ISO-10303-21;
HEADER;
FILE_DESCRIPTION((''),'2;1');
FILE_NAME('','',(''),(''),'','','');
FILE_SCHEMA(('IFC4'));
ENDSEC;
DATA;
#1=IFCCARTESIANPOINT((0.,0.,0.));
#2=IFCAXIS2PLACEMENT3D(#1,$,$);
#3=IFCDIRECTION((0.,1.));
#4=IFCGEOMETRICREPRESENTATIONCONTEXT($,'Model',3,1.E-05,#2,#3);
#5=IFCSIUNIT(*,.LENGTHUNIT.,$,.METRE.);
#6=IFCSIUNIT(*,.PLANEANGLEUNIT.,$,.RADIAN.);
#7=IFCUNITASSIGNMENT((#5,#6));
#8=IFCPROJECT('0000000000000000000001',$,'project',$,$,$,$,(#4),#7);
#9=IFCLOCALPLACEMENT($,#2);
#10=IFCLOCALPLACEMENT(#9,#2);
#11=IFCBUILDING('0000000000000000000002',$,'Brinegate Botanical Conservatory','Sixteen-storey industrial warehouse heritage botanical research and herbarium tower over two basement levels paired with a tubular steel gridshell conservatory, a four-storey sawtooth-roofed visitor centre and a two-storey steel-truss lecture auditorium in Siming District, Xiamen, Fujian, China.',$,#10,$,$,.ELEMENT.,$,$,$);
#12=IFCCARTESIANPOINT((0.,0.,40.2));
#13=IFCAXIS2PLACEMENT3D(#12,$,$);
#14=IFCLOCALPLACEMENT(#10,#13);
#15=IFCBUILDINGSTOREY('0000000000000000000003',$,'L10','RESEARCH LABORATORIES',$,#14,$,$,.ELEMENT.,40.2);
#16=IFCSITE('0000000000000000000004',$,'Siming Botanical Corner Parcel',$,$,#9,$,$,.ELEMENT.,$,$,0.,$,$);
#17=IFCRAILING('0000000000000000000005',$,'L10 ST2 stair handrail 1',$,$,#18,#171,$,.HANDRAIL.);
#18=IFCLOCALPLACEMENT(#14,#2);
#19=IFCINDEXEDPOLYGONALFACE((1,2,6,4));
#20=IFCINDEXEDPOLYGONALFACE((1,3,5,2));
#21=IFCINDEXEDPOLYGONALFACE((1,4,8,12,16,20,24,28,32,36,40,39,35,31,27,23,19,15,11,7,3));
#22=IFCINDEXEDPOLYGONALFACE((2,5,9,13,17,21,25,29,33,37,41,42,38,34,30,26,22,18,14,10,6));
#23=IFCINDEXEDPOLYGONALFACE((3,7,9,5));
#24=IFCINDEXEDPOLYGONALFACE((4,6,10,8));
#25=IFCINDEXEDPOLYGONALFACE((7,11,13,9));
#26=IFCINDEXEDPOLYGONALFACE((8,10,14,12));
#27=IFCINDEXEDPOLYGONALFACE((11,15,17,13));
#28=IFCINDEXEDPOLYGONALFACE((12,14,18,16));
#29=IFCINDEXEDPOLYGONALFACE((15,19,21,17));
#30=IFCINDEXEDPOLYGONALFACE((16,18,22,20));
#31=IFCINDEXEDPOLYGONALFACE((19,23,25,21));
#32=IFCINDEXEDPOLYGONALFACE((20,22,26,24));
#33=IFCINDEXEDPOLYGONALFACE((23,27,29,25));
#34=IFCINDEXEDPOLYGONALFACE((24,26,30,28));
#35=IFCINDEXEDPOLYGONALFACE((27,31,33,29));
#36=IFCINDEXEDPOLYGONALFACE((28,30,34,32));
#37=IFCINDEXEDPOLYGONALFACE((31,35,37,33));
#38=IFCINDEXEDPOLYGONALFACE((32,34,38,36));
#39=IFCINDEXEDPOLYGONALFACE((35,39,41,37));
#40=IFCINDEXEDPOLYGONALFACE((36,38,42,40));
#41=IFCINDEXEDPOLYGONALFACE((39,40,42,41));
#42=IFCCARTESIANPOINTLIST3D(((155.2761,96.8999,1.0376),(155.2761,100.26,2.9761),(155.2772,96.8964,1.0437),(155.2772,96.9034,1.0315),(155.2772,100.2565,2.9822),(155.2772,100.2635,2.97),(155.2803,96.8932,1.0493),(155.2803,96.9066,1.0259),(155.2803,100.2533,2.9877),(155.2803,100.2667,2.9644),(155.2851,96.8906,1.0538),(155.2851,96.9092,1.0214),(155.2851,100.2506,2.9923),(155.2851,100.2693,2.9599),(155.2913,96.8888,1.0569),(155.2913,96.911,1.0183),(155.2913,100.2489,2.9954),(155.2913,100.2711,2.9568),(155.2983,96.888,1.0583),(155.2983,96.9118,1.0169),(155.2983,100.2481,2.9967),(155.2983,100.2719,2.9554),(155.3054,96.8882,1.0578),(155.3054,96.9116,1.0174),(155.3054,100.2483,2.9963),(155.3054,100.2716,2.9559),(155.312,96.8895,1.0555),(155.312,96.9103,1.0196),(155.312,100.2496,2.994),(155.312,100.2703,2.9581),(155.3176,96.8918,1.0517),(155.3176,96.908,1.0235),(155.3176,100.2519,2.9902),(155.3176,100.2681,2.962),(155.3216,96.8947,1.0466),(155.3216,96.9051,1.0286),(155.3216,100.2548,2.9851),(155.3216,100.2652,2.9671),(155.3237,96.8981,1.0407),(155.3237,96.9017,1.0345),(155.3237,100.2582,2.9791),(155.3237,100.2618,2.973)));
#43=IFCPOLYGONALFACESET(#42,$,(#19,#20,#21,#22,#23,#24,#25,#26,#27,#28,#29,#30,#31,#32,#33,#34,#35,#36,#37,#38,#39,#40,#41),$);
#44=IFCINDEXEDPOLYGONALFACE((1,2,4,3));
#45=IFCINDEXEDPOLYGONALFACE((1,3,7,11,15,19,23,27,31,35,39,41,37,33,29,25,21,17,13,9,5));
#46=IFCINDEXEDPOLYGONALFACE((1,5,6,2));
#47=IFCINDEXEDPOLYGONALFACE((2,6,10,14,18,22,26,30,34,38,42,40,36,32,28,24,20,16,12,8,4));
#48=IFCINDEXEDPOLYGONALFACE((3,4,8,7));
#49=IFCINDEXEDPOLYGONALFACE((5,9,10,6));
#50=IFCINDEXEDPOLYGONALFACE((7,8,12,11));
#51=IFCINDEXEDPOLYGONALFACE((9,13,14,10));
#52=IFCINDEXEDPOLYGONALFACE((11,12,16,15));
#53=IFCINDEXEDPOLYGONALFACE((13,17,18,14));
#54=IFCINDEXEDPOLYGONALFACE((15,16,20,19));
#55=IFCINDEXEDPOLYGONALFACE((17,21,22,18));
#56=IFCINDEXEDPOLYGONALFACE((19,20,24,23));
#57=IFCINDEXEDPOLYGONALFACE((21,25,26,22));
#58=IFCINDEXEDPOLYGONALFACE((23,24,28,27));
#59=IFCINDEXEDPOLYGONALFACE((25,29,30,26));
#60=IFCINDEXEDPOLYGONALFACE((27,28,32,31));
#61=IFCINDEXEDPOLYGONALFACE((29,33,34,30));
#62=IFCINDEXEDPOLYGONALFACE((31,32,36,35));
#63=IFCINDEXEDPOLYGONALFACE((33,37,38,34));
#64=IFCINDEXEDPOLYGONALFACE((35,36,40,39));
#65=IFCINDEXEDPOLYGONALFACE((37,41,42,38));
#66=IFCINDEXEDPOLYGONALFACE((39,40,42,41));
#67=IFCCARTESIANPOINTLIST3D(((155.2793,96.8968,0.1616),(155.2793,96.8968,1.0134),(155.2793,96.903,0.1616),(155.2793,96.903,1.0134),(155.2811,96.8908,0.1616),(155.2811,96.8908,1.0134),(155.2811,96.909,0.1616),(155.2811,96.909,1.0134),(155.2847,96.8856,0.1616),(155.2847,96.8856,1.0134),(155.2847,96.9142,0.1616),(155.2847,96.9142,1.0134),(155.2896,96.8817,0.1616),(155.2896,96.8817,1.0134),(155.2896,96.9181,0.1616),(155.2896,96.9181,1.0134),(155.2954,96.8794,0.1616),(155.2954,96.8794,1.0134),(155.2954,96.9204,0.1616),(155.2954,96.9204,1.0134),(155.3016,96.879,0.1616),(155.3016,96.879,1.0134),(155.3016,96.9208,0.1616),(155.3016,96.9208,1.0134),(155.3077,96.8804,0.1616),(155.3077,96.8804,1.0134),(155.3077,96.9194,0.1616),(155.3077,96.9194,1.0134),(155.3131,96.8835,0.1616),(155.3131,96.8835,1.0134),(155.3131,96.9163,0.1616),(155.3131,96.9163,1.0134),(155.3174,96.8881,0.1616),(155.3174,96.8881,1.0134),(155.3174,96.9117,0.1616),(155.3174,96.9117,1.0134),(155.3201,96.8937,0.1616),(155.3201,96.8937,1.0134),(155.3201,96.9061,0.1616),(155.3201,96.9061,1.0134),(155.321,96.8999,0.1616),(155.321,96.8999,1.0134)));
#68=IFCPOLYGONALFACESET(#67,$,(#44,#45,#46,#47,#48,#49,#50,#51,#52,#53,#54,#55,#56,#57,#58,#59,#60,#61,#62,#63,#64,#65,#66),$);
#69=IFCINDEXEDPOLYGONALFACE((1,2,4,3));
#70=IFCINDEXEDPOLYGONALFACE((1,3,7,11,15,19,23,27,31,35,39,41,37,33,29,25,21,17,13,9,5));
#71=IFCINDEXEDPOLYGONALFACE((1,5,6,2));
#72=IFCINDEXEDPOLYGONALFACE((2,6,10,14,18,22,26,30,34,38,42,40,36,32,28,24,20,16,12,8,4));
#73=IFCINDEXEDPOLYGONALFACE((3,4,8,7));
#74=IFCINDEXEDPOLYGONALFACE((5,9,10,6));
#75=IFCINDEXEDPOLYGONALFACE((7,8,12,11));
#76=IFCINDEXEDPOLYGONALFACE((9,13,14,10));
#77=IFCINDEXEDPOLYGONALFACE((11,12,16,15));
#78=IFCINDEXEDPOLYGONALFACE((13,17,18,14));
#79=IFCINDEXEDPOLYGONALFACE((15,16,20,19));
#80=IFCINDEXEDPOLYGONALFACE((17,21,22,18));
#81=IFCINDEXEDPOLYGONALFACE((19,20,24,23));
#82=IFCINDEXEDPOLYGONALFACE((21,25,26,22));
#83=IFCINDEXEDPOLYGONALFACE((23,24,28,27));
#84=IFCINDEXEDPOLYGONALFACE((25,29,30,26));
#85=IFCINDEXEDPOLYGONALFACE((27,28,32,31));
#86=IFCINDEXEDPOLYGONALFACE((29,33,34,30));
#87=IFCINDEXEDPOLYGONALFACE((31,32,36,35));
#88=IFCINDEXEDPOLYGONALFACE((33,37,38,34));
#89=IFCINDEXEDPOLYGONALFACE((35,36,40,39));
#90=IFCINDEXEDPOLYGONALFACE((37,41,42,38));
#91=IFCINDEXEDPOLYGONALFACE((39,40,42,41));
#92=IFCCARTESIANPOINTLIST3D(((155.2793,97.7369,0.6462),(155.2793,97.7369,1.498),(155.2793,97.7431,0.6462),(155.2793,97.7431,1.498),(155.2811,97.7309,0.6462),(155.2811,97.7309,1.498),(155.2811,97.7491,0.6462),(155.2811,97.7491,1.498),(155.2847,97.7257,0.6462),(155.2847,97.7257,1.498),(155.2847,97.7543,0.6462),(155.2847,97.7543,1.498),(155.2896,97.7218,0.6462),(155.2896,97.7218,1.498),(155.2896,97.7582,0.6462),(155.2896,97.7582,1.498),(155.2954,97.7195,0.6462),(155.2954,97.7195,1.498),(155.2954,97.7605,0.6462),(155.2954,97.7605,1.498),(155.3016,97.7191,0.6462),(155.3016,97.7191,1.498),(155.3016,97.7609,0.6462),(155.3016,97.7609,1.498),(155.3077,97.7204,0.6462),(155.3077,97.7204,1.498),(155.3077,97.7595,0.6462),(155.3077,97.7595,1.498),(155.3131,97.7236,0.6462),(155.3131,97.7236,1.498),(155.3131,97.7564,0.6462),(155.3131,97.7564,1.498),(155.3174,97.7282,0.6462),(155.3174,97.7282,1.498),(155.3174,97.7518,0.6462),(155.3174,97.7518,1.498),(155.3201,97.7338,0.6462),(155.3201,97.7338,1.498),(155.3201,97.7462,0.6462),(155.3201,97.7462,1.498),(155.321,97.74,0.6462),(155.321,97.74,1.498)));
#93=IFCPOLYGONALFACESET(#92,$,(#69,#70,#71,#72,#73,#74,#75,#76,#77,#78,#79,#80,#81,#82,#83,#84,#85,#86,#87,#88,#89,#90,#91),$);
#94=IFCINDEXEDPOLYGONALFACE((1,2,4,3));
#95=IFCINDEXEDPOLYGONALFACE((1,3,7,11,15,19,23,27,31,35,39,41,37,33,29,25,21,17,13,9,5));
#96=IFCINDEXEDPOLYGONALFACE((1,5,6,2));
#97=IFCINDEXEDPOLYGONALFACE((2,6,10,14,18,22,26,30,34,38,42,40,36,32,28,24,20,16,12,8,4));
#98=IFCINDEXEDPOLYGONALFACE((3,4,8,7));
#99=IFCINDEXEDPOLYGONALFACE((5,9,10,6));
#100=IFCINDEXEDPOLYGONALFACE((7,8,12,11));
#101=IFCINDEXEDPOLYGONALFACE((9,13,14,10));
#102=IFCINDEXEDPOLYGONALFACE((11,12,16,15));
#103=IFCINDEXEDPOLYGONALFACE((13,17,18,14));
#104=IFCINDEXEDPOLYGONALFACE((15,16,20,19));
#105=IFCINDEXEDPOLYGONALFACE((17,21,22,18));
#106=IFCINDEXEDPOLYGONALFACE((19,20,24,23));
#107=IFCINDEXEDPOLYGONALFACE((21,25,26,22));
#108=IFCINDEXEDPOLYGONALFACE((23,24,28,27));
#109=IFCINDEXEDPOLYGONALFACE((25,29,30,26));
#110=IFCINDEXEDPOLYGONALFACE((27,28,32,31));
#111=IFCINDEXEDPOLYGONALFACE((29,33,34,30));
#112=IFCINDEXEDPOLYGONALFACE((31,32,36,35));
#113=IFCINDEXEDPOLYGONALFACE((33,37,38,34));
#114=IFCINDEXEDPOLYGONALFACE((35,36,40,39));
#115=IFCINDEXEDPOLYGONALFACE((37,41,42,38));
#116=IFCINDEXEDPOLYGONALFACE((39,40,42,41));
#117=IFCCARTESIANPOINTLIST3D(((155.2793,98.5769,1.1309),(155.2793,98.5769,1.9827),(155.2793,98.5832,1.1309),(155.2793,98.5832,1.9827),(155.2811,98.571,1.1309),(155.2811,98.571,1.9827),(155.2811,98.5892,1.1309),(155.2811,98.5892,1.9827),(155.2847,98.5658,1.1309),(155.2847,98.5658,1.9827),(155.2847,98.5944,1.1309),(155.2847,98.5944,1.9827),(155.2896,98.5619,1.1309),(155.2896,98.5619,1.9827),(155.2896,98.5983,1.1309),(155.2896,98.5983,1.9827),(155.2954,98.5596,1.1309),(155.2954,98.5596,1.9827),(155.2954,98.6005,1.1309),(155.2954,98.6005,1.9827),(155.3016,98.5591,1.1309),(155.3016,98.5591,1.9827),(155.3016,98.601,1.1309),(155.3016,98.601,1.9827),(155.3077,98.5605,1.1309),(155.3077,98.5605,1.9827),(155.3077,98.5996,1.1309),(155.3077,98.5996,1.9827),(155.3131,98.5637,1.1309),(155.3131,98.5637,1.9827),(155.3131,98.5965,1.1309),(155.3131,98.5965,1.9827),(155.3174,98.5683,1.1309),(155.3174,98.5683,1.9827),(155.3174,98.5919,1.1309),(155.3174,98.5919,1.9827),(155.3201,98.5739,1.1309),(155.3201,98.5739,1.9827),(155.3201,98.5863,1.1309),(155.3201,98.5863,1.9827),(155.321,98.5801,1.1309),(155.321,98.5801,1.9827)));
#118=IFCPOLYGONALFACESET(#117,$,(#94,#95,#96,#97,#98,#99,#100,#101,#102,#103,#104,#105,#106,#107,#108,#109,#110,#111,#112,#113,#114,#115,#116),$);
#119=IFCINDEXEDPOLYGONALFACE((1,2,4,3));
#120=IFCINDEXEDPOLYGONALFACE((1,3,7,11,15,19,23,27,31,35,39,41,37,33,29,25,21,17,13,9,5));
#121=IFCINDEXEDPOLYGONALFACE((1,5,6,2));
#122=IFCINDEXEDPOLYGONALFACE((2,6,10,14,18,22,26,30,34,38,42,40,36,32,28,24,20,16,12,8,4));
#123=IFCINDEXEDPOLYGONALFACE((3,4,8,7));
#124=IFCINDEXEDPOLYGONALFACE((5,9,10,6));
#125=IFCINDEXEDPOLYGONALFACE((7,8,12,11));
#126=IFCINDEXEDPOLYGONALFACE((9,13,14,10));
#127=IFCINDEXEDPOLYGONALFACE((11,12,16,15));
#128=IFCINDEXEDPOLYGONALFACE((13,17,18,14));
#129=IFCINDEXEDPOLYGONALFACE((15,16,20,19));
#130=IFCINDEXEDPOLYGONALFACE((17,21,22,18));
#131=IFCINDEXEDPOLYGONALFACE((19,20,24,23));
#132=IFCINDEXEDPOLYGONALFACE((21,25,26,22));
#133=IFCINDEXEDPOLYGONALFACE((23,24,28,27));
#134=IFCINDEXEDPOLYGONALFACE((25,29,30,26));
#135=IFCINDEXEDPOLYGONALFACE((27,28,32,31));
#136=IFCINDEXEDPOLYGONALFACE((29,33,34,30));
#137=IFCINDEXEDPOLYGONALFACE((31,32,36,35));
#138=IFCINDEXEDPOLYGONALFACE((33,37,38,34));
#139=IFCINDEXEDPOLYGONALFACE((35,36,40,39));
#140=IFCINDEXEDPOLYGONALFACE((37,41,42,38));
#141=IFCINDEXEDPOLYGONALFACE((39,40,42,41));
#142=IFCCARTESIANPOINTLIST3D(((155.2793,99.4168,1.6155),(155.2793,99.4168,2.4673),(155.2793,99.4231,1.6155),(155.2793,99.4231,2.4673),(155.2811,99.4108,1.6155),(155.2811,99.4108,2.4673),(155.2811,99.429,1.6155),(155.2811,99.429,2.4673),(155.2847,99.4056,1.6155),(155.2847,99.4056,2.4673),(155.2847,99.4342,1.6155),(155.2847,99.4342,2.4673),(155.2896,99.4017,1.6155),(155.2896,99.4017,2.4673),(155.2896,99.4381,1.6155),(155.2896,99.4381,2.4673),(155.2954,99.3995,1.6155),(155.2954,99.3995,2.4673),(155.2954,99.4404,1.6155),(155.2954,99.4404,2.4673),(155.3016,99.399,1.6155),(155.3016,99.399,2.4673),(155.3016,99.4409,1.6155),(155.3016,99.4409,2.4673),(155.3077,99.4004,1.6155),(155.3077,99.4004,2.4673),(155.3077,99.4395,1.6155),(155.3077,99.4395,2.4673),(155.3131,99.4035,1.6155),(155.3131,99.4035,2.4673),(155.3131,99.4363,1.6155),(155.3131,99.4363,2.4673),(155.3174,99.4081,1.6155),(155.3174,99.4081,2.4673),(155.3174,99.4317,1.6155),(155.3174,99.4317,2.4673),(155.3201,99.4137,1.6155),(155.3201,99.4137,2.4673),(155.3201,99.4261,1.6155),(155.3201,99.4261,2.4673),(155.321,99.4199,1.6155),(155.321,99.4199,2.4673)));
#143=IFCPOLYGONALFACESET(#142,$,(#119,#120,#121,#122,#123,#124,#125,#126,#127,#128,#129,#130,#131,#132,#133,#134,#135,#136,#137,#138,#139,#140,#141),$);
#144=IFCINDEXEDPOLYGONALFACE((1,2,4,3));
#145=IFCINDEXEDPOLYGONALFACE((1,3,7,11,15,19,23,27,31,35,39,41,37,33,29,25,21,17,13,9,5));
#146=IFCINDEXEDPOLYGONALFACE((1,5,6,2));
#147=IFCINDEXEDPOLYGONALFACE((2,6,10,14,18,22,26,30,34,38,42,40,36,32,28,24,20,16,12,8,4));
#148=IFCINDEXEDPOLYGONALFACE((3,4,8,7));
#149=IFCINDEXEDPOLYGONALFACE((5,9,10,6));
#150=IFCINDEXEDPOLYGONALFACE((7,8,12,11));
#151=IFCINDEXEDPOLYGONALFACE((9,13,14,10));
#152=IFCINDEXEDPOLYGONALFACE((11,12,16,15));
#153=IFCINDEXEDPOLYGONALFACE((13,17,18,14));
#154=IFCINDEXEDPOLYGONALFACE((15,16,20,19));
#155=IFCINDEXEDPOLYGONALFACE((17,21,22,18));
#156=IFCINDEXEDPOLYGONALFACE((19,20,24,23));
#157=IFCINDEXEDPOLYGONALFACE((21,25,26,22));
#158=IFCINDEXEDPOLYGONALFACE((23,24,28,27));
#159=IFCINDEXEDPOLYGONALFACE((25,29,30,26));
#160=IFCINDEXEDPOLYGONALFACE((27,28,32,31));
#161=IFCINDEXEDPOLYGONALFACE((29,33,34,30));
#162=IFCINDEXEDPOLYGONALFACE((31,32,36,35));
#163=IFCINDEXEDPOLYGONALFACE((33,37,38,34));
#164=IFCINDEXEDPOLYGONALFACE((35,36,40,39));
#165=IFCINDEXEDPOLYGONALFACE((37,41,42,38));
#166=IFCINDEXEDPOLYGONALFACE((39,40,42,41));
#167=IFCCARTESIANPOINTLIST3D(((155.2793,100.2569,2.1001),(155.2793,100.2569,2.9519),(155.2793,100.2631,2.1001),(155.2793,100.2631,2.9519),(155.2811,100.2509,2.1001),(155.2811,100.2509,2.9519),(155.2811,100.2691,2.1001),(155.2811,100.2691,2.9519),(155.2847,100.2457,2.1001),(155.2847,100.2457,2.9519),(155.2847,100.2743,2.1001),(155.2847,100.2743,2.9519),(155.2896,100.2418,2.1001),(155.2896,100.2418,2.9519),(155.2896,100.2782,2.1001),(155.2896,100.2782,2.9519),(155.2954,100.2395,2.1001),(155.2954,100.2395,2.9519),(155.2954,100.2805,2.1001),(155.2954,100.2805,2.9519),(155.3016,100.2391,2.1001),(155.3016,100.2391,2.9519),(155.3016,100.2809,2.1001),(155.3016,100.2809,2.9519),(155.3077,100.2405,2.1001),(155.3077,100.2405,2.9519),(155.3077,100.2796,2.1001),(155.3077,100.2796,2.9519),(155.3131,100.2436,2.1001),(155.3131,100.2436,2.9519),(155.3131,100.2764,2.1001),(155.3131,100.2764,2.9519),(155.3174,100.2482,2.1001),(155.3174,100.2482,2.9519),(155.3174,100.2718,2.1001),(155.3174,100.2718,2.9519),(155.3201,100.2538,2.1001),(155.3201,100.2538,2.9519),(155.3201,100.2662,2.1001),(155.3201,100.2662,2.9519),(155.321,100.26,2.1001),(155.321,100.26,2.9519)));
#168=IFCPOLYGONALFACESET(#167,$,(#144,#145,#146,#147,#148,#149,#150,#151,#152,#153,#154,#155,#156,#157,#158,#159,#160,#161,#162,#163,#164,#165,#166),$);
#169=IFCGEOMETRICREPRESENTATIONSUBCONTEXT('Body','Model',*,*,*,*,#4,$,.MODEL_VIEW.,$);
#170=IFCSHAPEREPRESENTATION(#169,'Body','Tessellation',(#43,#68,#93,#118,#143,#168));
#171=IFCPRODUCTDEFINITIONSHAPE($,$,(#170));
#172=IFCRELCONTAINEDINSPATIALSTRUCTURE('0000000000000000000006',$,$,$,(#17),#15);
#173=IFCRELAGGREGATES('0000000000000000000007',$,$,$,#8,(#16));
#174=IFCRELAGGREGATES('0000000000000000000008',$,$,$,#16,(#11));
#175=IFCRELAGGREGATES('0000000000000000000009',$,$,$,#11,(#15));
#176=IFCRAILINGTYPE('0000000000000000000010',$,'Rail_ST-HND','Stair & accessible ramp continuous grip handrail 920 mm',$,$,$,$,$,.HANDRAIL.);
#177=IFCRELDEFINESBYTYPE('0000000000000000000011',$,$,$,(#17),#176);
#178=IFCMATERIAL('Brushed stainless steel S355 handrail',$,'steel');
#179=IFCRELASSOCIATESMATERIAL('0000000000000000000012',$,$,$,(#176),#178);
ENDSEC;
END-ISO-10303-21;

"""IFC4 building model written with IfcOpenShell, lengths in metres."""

from ifc_helpers import new_model, si_unit, direction, frame, origin, origin_2d, place, context, subcontext, project, spatial, circle, extrude, material, type_object, element, save


model = new_model("IFC4")

# Units and contexts
model_context = context("Model", 3, precision=1e-05, world=origin(), true_north=direction((0.0, 1.0)))
body_context = subcontext(model_context, "Body", "Model", "MODEL_VIEW")
ifc_project = project(units=[si_unit("LENGTHUNIT", "METRE"), si_unit("PLANEANGLEUNIT", "RADIAN")], contexts=[model_context])

# Site, building, storey
site_placement = place(None, origin())
site = spatial("IfcSite", under=ifc_project, at=site_placement, Name="Siming Botanical Corner Parcel", CompositionType="ELEMENT", RefElevation=0.0)
building_placement = place(site_placement, origin())
building = spatial("IfcBuilding", under=site, at=building_placement, Name="Brinegate Botanical Conservatory", Description="Sixteen-storey industrial warehouse heritage botanical research and herbarium tower over two basement levels paired with a tubular steel gridshell conservatory, a four-storey sawtooth-roofed visitor centre and a two-storey steel-truss lecture auditorium in Siming District, Xiamen, Fujian, China.", CompositionType="ELEMENT")
storey_placement = place(building_placement, frame((0.0, 0.0, 40.2)))
storey = spatial("IfcBuildingStorey", under=building, at=storey_placement, Name="L10", Description="RESEARCH LABORATORIES", CompositionType="ELEMENT", Elevation=40.2)

# Railing
ifc_material_1 = material(Name="Brushed stainless steel S355 handrail", Category="steel")
railing_type_1 = type_object("IfcRailingType", Name="Rail_ST-HND", Description="Stair & accessible ramp continuous grip handrail 920 mm", PredefinedType="HANDRAIL", material=ifc_material_1)
railing_1_placement = place(storey_placement, frame((155.3, 96.8999, 0.1616)))
element("IfcRailing", 1, at=railing_1_placement, inside=storey, type_object=railing_type_1, Name="L10 ST2 stair handrail 1", PredefinedType="HANDRAIL", context=body_context, shape_type="SweptSolid", body=[
    extrude(circle(Radius=0.0239, at=origin_2d()), frame((0.0, 0.0, 0.876), z_axis=(0.0, 0.866191, 0.499713), x_axis=(-1.0, 0.0, 0.0)), (0.0, 0.0, 1.0), 3.8792),
    extrude(circle(Radius=0.021, at=origin_2d()), origin(), (0.0, 0.0, 1.0), 0.8518),
    extrude(circle(Radius=0.021, at=origin_2d()), frame((0.0, 0.8401, 0.4846)), (0.0, 0.0, 1.0), 0.8518),
    extrude(circle(Radius=0.021, at=origin_2d()), frame((0.0, 1.6802, 0.9692)), (0.0, 0.0, 1.0), 0.8518),
    extrude(circle(Radius=0.021, at=origin_2d()), frame((0.0, 2.52, 1.4539)), (0.0, 0.0, 1.0), 0.8518),
    extrude(circle(Radius=0.021, at=origin_2d()), frame((0.0, 3.3601, 1.9385)), (0.0, 0.0, 1.0), 0.8518),
])

save(model, "model.ifc")
